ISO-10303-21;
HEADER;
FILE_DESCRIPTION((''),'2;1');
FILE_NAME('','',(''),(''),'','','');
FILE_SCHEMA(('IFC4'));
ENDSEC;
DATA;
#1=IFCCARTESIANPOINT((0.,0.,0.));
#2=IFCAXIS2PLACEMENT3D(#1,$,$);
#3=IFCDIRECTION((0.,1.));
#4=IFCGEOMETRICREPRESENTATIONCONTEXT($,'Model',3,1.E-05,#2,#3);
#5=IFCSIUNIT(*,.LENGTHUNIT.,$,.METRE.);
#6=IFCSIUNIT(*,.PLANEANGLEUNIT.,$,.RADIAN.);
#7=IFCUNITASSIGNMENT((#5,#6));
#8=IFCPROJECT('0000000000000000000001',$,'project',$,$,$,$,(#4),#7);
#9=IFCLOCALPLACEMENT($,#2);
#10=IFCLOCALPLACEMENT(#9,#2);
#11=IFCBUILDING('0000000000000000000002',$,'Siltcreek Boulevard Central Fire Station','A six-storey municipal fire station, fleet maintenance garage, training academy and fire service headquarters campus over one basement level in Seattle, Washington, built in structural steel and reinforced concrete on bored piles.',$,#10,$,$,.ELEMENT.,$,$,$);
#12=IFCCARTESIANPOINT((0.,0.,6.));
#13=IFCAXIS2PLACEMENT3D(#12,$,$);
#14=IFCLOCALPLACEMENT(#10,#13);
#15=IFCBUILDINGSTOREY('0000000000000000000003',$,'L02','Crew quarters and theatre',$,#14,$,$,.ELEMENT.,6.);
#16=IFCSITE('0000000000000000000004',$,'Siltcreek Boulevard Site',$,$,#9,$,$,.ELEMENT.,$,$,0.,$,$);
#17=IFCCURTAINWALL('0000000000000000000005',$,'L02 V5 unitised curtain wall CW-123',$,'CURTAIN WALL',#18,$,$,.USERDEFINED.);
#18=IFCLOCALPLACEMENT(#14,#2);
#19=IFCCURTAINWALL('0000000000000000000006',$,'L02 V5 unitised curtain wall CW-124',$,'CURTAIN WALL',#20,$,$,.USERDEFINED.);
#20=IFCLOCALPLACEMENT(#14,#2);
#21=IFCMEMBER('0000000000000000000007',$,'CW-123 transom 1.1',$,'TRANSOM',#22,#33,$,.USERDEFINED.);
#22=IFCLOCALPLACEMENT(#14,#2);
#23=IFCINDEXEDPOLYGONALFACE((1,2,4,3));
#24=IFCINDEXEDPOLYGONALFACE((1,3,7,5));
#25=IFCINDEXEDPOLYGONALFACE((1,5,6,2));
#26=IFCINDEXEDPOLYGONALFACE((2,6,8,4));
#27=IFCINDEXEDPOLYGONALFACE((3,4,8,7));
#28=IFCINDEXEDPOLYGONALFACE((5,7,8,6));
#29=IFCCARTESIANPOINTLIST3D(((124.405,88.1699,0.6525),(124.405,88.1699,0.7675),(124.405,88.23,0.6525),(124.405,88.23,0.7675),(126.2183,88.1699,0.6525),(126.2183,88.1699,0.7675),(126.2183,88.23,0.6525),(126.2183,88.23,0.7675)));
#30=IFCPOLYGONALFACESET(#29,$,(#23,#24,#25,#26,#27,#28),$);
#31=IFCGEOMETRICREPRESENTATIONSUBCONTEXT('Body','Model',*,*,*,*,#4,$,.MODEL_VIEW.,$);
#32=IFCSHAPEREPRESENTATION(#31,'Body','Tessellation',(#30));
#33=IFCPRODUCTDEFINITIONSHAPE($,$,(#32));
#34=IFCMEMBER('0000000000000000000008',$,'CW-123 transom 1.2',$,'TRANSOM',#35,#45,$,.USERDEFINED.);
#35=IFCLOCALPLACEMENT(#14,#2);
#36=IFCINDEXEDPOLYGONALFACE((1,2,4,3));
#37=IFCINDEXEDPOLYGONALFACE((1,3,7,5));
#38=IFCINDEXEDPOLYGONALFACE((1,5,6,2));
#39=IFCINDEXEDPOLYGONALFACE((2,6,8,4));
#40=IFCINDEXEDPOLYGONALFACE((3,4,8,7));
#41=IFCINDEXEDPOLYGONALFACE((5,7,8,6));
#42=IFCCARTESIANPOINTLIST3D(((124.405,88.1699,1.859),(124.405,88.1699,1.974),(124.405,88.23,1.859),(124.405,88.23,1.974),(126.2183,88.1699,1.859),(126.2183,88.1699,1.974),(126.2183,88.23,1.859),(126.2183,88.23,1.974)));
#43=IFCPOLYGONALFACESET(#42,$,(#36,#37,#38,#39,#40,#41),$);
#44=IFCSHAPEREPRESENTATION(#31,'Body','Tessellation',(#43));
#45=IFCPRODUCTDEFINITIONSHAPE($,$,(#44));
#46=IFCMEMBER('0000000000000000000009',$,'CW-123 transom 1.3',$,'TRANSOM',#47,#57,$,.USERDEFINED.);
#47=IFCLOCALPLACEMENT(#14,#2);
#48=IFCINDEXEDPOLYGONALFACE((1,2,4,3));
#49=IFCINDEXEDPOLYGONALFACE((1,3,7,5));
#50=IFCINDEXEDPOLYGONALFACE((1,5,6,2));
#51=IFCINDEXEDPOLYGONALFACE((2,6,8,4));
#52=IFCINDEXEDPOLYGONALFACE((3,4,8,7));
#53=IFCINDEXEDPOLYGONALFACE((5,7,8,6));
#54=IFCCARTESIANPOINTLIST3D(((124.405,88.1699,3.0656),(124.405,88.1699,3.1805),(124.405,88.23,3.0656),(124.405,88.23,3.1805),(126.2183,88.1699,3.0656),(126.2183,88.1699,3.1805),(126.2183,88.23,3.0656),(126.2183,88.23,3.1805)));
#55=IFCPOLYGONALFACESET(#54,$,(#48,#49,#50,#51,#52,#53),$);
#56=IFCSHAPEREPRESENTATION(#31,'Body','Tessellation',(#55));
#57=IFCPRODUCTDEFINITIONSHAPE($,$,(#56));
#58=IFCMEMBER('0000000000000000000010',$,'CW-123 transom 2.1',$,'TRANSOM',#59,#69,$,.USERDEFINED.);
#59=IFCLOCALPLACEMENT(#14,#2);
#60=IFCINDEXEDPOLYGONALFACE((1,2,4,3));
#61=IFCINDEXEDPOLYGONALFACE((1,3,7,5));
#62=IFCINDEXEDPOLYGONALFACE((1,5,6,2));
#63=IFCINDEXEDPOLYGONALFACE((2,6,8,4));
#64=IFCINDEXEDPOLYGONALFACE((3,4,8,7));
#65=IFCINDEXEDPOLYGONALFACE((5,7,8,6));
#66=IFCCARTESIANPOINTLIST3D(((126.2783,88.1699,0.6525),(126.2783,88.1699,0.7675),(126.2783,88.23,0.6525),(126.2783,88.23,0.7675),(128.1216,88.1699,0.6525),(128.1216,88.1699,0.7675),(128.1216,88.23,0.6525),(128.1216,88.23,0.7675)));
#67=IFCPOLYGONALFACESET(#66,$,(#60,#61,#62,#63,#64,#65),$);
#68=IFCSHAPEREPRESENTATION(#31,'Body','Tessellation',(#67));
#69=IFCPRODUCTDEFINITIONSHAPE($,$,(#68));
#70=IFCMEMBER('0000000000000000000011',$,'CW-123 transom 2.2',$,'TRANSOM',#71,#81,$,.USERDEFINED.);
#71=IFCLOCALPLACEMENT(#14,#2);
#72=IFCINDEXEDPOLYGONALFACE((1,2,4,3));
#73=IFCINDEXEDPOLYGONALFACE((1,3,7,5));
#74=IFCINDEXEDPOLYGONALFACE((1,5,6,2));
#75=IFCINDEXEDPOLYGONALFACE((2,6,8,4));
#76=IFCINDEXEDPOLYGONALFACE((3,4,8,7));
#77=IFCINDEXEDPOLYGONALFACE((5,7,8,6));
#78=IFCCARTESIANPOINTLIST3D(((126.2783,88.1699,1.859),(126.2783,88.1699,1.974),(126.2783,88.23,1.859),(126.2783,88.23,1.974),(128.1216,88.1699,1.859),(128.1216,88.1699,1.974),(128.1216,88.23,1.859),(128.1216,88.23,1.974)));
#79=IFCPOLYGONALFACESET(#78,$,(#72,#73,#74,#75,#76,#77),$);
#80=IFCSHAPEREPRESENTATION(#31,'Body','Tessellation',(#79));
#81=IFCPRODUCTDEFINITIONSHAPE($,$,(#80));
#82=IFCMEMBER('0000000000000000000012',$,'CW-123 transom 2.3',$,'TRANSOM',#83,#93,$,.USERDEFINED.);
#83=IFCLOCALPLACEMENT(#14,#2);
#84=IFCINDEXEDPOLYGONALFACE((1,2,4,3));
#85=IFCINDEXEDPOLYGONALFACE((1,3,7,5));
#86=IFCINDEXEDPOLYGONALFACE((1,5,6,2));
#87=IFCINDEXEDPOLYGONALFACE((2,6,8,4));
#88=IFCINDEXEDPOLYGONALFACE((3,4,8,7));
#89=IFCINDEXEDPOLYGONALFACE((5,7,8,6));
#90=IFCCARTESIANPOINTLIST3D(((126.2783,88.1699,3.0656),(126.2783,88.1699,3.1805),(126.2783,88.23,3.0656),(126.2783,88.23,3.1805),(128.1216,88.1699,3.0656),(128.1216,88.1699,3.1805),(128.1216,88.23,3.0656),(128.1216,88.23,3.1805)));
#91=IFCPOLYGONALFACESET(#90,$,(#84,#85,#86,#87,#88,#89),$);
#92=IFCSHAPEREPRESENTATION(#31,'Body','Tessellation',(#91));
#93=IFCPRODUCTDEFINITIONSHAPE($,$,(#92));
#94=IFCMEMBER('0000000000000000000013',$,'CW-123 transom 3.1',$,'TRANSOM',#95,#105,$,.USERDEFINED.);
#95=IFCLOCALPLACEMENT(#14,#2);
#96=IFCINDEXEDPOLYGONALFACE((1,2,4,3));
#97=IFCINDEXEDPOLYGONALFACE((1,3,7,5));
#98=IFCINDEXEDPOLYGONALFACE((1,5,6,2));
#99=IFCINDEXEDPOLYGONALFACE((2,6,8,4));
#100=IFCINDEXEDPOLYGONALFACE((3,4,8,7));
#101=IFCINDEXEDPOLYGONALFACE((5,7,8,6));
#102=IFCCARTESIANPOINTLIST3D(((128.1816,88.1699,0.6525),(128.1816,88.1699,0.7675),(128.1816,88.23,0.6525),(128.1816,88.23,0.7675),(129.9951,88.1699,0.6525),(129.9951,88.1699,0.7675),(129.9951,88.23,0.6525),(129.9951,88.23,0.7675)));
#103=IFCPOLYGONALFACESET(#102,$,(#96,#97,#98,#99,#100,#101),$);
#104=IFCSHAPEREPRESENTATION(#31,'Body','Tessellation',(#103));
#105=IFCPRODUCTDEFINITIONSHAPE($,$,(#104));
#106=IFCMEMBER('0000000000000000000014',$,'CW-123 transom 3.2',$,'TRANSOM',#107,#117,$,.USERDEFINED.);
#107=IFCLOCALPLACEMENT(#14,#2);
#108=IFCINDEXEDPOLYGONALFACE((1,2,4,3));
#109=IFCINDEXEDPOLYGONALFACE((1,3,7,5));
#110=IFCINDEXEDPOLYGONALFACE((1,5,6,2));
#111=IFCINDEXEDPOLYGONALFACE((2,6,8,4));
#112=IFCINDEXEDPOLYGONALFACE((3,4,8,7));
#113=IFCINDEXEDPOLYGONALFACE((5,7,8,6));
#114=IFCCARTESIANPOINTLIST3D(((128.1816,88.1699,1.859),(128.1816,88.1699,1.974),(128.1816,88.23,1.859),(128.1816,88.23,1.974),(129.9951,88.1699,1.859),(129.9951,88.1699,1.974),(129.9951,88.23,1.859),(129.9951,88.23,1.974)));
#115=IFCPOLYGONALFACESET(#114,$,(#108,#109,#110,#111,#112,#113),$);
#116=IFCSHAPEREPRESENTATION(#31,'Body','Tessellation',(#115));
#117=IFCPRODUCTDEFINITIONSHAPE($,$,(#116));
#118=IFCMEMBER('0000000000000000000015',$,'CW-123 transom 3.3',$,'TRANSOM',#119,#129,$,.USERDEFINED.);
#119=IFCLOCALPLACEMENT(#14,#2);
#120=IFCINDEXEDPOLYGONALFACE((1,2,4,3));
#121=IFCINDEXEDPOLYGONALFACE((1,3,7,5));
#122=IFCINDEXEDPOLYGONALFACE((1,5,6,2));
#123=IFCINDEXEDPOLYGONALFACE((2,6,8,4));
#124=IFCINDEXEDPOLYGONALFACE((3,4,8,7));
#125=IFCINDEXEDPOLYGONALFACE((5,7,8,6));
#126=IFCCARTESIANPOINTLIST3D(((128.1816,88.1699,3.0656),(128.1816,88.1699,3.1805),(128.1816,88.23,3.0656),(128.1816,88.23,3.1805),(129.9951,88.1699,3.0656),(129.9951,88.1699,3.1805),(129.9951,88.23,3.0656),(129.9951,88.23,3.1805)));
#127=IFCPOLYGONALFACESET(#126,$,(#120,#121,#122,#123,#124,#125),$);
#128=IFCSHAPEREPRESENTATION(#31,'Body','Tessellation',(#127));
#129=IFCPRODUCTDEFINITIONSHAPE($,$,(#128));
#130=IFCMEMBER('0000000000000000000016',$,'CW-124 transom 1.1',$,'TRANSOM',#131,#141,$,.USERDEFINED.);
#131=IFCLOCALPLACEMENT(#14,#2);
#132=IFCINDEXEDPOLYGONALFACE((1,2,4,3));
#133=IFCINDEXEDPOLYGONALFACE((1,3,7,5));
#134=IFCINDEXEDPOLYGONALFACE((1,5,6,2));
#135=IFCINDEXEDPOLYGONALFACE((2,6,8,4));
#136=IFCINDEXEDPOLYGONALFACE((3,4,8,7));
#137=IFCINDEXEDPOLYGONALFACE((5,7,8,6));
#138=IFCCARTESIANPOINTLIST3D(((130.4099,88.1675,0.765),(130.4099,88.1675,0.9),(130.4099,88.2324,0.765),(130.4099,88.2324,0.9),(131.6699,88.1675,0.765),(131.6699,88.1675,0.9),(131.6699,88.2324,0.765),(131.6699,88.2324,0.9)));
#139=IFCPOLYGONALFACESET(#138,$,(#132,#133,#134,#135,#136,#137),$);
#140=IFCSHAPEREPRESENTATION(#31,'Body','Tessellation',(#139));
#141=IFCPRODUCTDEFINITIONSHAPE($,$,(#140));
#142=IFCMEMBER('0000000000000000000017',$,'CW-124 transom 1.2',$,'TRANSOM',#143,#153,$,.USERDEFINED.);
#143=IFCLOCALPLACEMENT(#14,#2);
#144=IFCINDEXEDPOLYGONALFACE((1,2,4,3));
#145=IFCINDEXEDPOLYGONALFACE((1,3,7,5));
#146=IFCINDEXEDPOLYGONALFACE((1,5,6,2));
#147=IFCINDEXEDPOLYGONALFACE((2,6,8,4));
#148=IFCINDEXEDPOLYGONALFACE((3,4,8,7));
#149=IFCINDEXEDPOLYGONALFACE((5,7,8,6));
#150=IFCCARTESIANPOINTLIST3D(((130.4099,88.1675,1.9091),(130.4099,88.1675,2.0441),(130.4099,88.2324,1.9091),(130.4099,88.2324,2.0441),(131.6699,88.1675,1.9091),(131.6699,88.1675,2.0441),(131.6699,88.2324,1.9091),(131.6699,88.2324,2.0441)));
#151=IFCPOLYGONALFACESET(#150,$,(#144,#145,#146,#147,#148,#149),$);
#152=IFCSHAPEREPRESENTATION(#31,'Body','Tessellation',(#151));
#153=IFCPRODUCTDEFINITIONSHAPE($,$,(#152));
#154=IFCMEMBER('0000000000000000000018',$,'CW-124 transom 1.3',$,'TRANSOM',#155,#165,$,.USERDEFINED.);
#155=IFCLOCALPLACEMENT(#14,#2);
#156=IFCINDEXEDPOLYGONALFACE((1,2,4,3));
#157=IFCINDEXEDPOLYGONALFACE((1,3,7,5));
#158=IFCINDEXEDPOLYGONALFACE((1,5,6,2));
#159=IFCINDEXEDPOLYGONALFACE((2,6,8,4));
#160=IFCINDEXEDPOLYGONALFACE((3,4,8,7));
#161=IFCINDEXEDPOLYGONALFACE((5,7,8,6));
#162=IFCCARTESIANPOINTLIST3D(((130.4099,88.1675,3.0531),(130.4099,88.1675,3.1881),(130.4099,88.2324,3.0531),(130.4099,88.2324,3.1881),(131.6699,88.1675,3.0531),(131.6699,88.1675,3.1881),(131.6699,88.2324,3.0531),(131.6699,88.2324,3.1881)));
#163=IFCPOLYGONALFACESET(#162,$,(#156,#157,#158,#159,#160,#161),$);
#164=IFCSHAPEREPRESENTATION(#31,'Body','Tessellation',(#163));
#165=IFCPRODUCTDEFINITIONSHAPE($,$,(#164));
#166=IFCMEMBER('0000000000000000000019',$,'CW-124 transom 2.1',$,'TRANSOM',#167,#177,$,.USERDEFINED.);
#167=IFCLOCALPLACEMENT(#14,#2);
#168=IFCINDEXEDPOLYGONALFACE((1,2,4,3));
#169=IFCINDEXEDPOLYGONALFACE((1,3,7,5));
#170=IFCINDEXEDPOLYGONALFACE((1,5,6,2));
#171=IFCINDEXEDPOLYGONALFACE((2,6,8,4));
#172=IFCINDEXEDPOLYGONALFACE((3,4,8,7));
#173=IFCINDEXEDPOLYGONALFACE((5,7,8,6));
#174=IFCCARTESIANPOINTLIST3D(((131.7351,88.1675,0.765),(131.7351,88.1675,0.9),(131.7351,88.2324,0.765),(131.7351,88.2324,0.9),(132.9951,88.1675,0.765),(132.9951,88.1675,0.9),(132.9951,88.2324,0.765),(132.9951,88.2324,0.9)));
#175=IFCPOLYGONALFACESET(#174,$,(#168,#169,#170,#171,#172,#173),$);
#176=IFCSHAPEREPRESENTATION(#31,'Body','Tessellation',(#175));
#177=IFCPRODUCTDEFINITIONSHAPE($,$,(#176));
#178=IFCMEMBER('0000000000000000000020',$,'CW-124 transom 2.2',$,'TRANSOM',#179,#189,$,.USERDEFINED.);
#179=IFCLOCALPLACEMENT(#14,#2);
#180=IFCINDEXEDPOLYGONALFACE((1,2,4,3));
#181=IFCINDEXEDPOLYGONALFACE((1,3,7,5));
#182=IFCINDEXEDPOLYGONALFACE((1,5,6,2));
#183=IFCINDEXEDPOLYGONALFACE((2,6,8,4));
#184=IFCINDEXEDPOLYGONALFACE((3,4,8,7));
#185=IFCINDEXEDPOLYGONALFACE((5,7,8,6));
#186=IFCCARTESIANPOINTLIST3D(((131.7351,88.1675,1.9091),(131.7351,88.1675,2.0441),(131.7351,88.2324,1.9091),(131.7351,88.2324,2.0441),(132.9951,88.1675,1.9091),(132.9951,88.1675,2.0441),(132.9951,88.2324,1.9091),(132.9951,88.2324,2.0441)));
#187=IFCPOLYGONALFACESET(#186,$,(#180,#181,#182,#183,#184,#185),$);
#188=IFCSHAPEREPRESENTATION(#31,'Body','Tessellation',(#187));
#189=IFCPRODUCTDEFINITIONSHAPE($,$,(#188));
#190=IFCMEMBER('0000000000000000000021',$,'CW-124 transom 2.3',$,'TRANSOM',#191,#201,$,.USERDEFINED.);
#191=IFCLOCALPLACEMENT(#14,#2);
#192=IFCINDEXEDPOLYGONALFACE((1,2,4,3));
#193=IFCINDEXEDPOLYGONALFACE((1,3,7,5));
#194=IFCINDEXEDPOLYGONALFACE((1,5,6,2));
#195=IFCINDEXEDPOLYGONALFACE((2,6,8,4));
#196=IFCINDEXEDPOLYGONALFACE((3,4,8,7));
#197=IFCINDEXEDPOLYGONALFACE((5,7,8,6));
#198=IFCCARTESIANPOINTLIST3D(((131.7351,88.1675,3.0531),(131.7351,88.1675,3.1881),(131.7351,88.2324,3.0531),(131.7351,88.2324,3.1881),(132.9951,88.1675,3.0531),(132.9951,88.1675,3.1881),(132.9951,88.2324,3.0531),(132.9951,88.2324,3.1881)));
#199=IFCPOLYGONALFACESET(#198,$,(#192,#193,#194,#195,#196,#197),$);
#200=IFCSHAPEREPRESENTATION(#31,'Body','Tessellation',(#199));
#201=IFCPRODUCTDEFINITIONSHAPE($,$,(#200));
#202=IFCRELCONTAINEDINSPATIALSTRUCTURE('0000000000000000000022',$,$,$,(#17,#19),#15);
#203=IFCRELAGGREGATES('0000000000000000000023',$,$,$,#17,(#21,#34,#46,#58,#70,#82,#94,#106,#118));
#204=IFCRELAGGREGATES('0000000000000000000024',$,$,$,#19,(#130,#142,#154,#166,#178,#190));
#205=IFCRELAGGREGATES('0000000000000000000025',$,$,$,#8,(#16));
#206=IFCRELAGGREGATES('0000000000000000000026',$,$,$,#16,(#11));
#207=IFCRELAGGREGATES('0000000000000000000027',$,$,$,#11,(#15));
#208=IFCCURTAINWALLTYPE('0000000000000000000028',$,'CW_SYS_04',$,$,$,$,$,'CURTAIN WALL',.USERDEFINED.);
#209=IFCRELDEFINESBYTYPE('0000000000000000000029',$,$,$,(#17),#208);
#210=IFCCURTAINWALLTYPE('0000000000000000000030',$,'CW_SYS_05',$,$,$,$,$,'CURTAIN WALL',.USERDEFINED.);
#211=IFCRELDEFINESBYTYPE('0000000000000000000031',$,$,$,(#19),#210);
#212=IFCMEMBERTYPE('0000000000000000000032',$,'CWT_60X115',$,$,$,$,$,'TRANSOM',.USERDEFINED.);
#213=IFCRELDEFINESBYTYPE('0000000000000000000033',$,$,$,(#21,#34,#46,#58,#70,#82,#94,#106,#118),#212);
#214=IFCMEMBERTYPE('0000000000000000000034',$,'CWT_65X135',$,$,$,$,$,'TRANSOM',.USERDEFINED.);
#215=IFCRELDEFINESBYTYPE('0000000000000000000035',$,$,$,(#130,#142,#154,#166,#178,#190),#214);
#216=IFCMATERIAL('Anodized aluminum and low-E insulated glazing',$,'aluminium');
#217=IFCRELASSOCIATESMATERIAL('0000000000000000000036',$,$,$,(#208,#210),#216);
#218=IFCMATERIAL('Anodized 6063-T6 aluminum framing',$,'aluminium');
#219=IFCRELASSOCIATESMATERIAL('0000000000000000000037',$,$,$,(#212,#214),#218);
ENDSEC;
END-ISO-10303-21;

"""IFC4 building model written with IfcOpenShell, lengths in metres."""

from ifc_helpers import new_model, si_unit, direction, frame, origin, origin_2d, place, context, subcontext, project, spatial, rectangle, extrude, material, material_profile, profile_set, type_object, element, aggregate, save


model = new_model("IFC4")

# Units and contexts
model_context = context("Model", 3, precision=1e-05, world=origin(), true_north=direction((0.0, 1.0)))
body_context = subcontext(model_context, "Body", "Model", "MODEL_VIEW")
ifc_project = project(units=[si_unit("LENGTHUNIT", "METRE"), si_unit("PLANEANGLEUNIT", "RADIAN")], contexts=[model_context])

# Site, building, storey
site_placement = place(None, origin())
site = spatial("IfcSite", under=ifc_project, at=site_placement, Name="Siltcreek Boulevard Site", CompositionType="ELEMENT", RefElevation=0.0)
building_placement = place(site_placement, origin())
building = spatial("IfcBuilding", under=site, at=building_placement, Name="Siltcreek Boulevard Central Fire Station", Description="A six-storey municipal fire station, fleet maintenance garage, training academy and fire service headquarters campus over one basement level in Seattle, Washington, built in structural steel and reinforced concrete on bored piles.", CompositionType="ELEMENT")
storey_placement = place(building_placement, frame((0.0, 0.0, 6.0)))
storey = spatial("IfcBuildingStorey", under=building, at=storey_placement, Name="L02", Description="Crew quarters and theatre", CompositionType="ELEMENT", Elevation=6.0)

# Curtain walls
ifc_material_1 = material(Name="Anodized aluminum and low-E insulated glazing", Category="aluminium")
curtain_wall_type_1 = type_object("IfcCurtainWallType", Name="CW_SYS_04", ElementType="CURTAIN WALL", PredefinedType="USERDEFINED", material=ifc_material_1)
curtain_wall_1_placement = place(storey_placement, origin())
curtain_wall_1 = element("IfcCurtainWall", 1, at=curtain_wall_1_placement, inside=storey, type_object=curtain_wall_type_1, Name="L02 V5 unitised curtain wall CW-123", ObjectType="CURTAIN WALL", PredefinedType="USERDEFINED")
ifc_material_2 = material(Name="Anodized 6063-T6 aluminum framing", Category="aluminium")
curtain_wall_type_2 = type_object("IfcCurtainWallType", Name="CW_SYS_05", ElementType="CURTAIN WALL", PredefinedType="USERDEFINED", material=ifc_material_1)
curtain_wall_2_placement = place(storey_placement, origin())
curtain_wall_2 = element("IfcCurtainWall", 2, at=curtain_wall_2_placement, inside=storey, type_object=curtain_wall_type_2, Name="L02 V5 unitised curtain wall CW-124", ObjectType="CURTAIN WALL", PredefinedType="USERDEFINED")

# Members
ifc_material_profile_1 = material_profile(ifc_material_2, rectangle(XDim=0.0601, YDim=0.115, at=origin_2d()), Name="TRAN60X115")
ifc_profile_set_1 = profile_set([ifc_material_profile_1], Name="Anodized 6063-T6 aluminum framing")
member_type_1 = type_object("IfcMemberType", Name="CWT_60X115", ElementType="TRANSOM", PredefinedType="USERDEFINED", material=ifc_profile_set_1)
member_1_placement = place(storey_placement, frame((124.405, 88.2, 0.71), z_axis=(1.0, 0.0, 0.0), x_axis=(0.0, 1.0, 0.0)))
member_1 = element("IfcMember", 3, at=member_1_placement, type_object=member_type_1, Name="CW-123 transom 1.1", ObjectType="TRANSOM", PredefinedType="USERDEFINED", context=body_context, shape_type="SweptSolid", body=[
    extrude(rectangle(XDim=0.0601, YDim=0.115, at=origin_2d()), origin(), (0.0, 0.0, 1.0), 1.8132),
])
member_2_placement = place(storey_placement, frame((124.405, 88.2, 1.9165), z_axis=(1.0, 0.0, 0.0), x_axis=(0.0, 1.0, 0.0)))
member_2 = element("IfcMember", 4, at=member_2_placement, type_object=member_type_1, Name="CW-123 transom 1.2", ObjectType="TRANSOM", PredefinedType="USERDEFINED", context=body_context, shape_type="SweptSolid", body=[
    extrude(rectangle(XDim=0.0601, YDim=0.115, at=origin_2d()), origin(), (0.0, 0.0, 1.0), 1.8132),
])
member_3_placement = place(storey_placement, frame((124.405, 88.2, 3.123), z_axis=(1.0, 0.0, 0.0), x_axis=(0.0, 1.0, 0.0)))
member_3 = element("IfcMember", 5, at=member_3_placement, type_object=member_type_1, Name="CW-123 transom 1.3", ObjectType="TRANSOM", PredefinedType="USERDEFINED", context=body_context, shape_type="SweptSolid", body=[
    extrude(rectangle(XDim=0.0601, YDim=0.115, at=origin_2d()), origin(), (0.0, 0.0, 1.0), 1.8132),
])
member_4_placement = place(storey_placement, frame((126.2783, 88.2, 0.71), z_axis=(1.0, 0.0, 0.0), x_axis=(0.0, 1.0, 0.0)))
member_4 = element("IfcMember", 6, at=member_4_placement, type_object=member_type_1, Name="CW-123 transom 2.1", ObjectType="TRANSOM", PredefinedType="USERDEFINED", context=body_context, shape_type="SweptSolid", body=[
    extrude(rectangle(XDim=0.0601, YDim=0.115, at=origin_2d()), origin(), (0.0, 0.0, 1.0), 1.8433),
])
member_5_placement = place(storey_placement, frame((126.2783, 88.2, 1.9165), z_axis=(1.0, 0.0, 0.0), x_axis=(0.0, 1.0, 0.0)))
member_5 = element("IfcMember", 7, at=member_5_placement, type_object=member_type_1, Name="CW-123 transom 2.2", ObjectType="TRANSOM", PredefinedType="USERDEFINED", context=body_context, shape_type="SweptSolid", body=[
    extrude(rectangle(XDim=0.0601, YDim=0.115, at=origin_2d()), origin(), (0.0, 0.0, 1.0), 1.8433),
])
member_6_placement = place(storey_placement, frame((126.2783, 88.2, 3.123), z_axis=(1.0, 0.0, 0.0), x_axis=(0.0, 1.0, 0.0)))
member_6 = element("IfcMember", 8, at=member_6_placement, type_object=member_type_1, Name="CW-123 transom 2.3", ObjectType="TRANSOM", PredefinedType="USERDEFINED", context=body_context, shape_type="SweptSolid", body=[
    extrude(rectangle(XDim=0.0601, YDim=0.115, at=origin_2d()), origin(), (0.0, 0.0, 1.0), 1.8433),
])
member_7_placement = place(storey_placement, frame((128.1816, 88.2, 0.71), z_axis=(1.0, 0.0, 0.0), x_axis=(0.0, 1.0, 0.0)))
member_7 = element("IfcMember", 9, at=member_7_placement, type_object=member_type_1, Name="CW-123 transom 3.1", ObjectType="TRANSOM", PredefinedType="USERDEFINED", context=body_context, shape_type="SweptSolid", body=[
    extrude(rectangle(XDim=0.0601, YDim=0.115, at=origin_2d()), origin(), (0.0, 0.0, 1.0), 1.8135),
])
member_8_placement = place(storey_placement, frame((128.1816, 88.2, 1.9165), z_axis=(1.0, 0.0, 0.0), x_axis=(0.0, 1.0, 0.0)))
member_8 = element("IfcMember", 10, at=member_8_placement, type_object=member_type_1, Name="CW-123 transom 3.2", ObjectType="TRANSOM", PredefinedType="USERDEFINED", context=body_context, shape_type="SweptSolid", body=[
    extrude(rectangle(XDim=0.0601, YDim=0.115, at=origin_2d()), origin(), (0.0, 0.0, 1.0), 1.8135),
])
member_9_placement = place(storey_placement, frame((128.1816, 88.2, 3.123), z_axis=(1.0, 0.0, 0.0), x_axis=(0.0, 1.0, 0.0)))
member_9 = element("IfcMember", 11, at=member_9_placement, type_object=member_type_1, Name="CW-123 transom 3.3", ObjectType="TRANSOM", PredefinedType="USERDEFINED", context=body_context, shape_type="SweptSolid", body=[
    extrude(rectangle(XDim=0.0601, YDim=0.115, at=origin_2d()), origin(), (0.0, 0.0, 1.0), 1.8135),
])
ifc_material_profile_2 = material_profile(ifc_material_2, rectangle(XDim=0.0649, YDim=0.135, at=origin_2d()), Name="TRAN65X135")
ifc_profile_set_2 = profile_set([ifc_material_profile_2], Name="Anodized 6063-T6 aluminum framing")
member_type_2 = type_object("IfcMemberType", Name="CWT_65X135", ElementType="TRANSOM", PredefinedType="USERDEFINED", material=ifc_profile_set_2)
member_10_placement = place(storey_placement, frame((130.4099, 88.2, 0.8325), z_axis=(1.0, 0.0, 0.0), x_axis=(0.0, 1.0, 0.0)))
member_10 = element("IfcMember", 12, at=member_10_placement, type_object=member_type_2, Name="CW-124 transom 1.1", ObjectType="TRANSOM", PredefinedType="USERDEFINED", context=body_context, shape_type="SweptSolid", body=[
    extrude(rectangle(XDim=0.0649, YDim=0.135, at=origin_2d()), origin(), (0.0, 0.0, 1.0), 1.26),
])
member_11_placement = place(storey_placement, frame((130.4099, 88.2, 1.9766), z_axis=(1.0, 0.0, 0.0), x_axis=(0.0, 1.0, 0.0)))
member_11 = element("IfcMember", 13, at=member_11_placement, type_object=member_type_2, Name="CW-124 transom 1.2", ObjectType="TRANSOM", PredefinedType="USERDEFINED", context=body_context, shape_type="SweptSolid", body=[
    extrude(rectangle(XDim=0.0649, YDim=0.135, at=origin_2d()), origin(), (0.0, 0.0, 1.0), 1.26),
])
member_12_placement = place(storey_placement, frame((130.4099, 88.2, 3.1206), z_axis=(1.0, 0.0, 0.0), x_axis=(0.0, 1.0, 0.0)))
member_12 = element("IfcMember", 14, at=member_12_placement, type_object=member_type_2, Name="CW-124 transom 1.3", ObjectType="TRANSOM", PredefinedType="USERDEFINED", context=body_context, shape_type="SweptSolid", body=[
    extrude(rectangle(XDim=0.0649, YDim=0.135, at=origin_2d()), origin(), (0.0, 0.0, 1.0), 1.26),
])
member_13_placement = place(storey_placement, frame((131.7351, 88.2, 0.8325), z_axis=(1.0, 0.0, 0.0), x_axis=(0.0, 1.0, 0.0)))
member_13 = element("IfcMember", 15, at=member_13_placement, type_object=member_type_2, Name="CW-124 transom 2.1", ObjectType="TRANSOM", PredefinedType="USERDEFINED", context=body_context, shape_type="SweptSolid", body=[
    extrude(rectangle(XDim=0.0649, YDim=0.135, at=origin_2d()), origin(), (0.0, 0.0, 1.0), 1.26),
])
member_14_placement = place(storey_placement, frame((131.7351, 88.2, 1.9766), z_axis=(1.0, 0.0, 0.0), x_axis=(0.0, 1.0, 0.0)))
member_14 = element("IfcMember", 16, at=member_14_placement, type_object=member_type_2, Name="CW-124 transom 2.2", ObjectType="TRANSOM", PredefinedType="USERDEFINED", context=body_context, shape_type="SweptSolid", body=[
    extrude(rectangle(XDim=0.0649, YDim=0.135, at=origin_2d()), origin(), (0.0, 0.0, 1.0), 1.26),
])
member_15_placement = place(storey_placement, frame((131.7351, 88.2, 3.1206), z_axis=(1.0, 0.0, 0.0), x_axis=(0.0, 1.0, 0.0)))
member_15 = element("IfcMember", 17, at=member_15_placement, type_object=member_type_2, Name="CW-124 transom 2.3", ObjectType="TRANSOM", PredefinedType="USERDEFINED", context=body_context, shape_type="SweptSolid", body=[
    extrude(rectangle(XDim=0.0649, YDim=0.135, at=origin_2d()), origin(), (0.0, 0.0, 1.0), 1.26),
])

aggregate(curtain_wall_1, [member_1, member_2, member_3, member_4, member_5, member_6, member_7, member_8, member_9])
aggregate(curtain_wall_2, [member_10, member_11, member_12, member_13, member_14, member_15])

save(model, "model.ifc")
